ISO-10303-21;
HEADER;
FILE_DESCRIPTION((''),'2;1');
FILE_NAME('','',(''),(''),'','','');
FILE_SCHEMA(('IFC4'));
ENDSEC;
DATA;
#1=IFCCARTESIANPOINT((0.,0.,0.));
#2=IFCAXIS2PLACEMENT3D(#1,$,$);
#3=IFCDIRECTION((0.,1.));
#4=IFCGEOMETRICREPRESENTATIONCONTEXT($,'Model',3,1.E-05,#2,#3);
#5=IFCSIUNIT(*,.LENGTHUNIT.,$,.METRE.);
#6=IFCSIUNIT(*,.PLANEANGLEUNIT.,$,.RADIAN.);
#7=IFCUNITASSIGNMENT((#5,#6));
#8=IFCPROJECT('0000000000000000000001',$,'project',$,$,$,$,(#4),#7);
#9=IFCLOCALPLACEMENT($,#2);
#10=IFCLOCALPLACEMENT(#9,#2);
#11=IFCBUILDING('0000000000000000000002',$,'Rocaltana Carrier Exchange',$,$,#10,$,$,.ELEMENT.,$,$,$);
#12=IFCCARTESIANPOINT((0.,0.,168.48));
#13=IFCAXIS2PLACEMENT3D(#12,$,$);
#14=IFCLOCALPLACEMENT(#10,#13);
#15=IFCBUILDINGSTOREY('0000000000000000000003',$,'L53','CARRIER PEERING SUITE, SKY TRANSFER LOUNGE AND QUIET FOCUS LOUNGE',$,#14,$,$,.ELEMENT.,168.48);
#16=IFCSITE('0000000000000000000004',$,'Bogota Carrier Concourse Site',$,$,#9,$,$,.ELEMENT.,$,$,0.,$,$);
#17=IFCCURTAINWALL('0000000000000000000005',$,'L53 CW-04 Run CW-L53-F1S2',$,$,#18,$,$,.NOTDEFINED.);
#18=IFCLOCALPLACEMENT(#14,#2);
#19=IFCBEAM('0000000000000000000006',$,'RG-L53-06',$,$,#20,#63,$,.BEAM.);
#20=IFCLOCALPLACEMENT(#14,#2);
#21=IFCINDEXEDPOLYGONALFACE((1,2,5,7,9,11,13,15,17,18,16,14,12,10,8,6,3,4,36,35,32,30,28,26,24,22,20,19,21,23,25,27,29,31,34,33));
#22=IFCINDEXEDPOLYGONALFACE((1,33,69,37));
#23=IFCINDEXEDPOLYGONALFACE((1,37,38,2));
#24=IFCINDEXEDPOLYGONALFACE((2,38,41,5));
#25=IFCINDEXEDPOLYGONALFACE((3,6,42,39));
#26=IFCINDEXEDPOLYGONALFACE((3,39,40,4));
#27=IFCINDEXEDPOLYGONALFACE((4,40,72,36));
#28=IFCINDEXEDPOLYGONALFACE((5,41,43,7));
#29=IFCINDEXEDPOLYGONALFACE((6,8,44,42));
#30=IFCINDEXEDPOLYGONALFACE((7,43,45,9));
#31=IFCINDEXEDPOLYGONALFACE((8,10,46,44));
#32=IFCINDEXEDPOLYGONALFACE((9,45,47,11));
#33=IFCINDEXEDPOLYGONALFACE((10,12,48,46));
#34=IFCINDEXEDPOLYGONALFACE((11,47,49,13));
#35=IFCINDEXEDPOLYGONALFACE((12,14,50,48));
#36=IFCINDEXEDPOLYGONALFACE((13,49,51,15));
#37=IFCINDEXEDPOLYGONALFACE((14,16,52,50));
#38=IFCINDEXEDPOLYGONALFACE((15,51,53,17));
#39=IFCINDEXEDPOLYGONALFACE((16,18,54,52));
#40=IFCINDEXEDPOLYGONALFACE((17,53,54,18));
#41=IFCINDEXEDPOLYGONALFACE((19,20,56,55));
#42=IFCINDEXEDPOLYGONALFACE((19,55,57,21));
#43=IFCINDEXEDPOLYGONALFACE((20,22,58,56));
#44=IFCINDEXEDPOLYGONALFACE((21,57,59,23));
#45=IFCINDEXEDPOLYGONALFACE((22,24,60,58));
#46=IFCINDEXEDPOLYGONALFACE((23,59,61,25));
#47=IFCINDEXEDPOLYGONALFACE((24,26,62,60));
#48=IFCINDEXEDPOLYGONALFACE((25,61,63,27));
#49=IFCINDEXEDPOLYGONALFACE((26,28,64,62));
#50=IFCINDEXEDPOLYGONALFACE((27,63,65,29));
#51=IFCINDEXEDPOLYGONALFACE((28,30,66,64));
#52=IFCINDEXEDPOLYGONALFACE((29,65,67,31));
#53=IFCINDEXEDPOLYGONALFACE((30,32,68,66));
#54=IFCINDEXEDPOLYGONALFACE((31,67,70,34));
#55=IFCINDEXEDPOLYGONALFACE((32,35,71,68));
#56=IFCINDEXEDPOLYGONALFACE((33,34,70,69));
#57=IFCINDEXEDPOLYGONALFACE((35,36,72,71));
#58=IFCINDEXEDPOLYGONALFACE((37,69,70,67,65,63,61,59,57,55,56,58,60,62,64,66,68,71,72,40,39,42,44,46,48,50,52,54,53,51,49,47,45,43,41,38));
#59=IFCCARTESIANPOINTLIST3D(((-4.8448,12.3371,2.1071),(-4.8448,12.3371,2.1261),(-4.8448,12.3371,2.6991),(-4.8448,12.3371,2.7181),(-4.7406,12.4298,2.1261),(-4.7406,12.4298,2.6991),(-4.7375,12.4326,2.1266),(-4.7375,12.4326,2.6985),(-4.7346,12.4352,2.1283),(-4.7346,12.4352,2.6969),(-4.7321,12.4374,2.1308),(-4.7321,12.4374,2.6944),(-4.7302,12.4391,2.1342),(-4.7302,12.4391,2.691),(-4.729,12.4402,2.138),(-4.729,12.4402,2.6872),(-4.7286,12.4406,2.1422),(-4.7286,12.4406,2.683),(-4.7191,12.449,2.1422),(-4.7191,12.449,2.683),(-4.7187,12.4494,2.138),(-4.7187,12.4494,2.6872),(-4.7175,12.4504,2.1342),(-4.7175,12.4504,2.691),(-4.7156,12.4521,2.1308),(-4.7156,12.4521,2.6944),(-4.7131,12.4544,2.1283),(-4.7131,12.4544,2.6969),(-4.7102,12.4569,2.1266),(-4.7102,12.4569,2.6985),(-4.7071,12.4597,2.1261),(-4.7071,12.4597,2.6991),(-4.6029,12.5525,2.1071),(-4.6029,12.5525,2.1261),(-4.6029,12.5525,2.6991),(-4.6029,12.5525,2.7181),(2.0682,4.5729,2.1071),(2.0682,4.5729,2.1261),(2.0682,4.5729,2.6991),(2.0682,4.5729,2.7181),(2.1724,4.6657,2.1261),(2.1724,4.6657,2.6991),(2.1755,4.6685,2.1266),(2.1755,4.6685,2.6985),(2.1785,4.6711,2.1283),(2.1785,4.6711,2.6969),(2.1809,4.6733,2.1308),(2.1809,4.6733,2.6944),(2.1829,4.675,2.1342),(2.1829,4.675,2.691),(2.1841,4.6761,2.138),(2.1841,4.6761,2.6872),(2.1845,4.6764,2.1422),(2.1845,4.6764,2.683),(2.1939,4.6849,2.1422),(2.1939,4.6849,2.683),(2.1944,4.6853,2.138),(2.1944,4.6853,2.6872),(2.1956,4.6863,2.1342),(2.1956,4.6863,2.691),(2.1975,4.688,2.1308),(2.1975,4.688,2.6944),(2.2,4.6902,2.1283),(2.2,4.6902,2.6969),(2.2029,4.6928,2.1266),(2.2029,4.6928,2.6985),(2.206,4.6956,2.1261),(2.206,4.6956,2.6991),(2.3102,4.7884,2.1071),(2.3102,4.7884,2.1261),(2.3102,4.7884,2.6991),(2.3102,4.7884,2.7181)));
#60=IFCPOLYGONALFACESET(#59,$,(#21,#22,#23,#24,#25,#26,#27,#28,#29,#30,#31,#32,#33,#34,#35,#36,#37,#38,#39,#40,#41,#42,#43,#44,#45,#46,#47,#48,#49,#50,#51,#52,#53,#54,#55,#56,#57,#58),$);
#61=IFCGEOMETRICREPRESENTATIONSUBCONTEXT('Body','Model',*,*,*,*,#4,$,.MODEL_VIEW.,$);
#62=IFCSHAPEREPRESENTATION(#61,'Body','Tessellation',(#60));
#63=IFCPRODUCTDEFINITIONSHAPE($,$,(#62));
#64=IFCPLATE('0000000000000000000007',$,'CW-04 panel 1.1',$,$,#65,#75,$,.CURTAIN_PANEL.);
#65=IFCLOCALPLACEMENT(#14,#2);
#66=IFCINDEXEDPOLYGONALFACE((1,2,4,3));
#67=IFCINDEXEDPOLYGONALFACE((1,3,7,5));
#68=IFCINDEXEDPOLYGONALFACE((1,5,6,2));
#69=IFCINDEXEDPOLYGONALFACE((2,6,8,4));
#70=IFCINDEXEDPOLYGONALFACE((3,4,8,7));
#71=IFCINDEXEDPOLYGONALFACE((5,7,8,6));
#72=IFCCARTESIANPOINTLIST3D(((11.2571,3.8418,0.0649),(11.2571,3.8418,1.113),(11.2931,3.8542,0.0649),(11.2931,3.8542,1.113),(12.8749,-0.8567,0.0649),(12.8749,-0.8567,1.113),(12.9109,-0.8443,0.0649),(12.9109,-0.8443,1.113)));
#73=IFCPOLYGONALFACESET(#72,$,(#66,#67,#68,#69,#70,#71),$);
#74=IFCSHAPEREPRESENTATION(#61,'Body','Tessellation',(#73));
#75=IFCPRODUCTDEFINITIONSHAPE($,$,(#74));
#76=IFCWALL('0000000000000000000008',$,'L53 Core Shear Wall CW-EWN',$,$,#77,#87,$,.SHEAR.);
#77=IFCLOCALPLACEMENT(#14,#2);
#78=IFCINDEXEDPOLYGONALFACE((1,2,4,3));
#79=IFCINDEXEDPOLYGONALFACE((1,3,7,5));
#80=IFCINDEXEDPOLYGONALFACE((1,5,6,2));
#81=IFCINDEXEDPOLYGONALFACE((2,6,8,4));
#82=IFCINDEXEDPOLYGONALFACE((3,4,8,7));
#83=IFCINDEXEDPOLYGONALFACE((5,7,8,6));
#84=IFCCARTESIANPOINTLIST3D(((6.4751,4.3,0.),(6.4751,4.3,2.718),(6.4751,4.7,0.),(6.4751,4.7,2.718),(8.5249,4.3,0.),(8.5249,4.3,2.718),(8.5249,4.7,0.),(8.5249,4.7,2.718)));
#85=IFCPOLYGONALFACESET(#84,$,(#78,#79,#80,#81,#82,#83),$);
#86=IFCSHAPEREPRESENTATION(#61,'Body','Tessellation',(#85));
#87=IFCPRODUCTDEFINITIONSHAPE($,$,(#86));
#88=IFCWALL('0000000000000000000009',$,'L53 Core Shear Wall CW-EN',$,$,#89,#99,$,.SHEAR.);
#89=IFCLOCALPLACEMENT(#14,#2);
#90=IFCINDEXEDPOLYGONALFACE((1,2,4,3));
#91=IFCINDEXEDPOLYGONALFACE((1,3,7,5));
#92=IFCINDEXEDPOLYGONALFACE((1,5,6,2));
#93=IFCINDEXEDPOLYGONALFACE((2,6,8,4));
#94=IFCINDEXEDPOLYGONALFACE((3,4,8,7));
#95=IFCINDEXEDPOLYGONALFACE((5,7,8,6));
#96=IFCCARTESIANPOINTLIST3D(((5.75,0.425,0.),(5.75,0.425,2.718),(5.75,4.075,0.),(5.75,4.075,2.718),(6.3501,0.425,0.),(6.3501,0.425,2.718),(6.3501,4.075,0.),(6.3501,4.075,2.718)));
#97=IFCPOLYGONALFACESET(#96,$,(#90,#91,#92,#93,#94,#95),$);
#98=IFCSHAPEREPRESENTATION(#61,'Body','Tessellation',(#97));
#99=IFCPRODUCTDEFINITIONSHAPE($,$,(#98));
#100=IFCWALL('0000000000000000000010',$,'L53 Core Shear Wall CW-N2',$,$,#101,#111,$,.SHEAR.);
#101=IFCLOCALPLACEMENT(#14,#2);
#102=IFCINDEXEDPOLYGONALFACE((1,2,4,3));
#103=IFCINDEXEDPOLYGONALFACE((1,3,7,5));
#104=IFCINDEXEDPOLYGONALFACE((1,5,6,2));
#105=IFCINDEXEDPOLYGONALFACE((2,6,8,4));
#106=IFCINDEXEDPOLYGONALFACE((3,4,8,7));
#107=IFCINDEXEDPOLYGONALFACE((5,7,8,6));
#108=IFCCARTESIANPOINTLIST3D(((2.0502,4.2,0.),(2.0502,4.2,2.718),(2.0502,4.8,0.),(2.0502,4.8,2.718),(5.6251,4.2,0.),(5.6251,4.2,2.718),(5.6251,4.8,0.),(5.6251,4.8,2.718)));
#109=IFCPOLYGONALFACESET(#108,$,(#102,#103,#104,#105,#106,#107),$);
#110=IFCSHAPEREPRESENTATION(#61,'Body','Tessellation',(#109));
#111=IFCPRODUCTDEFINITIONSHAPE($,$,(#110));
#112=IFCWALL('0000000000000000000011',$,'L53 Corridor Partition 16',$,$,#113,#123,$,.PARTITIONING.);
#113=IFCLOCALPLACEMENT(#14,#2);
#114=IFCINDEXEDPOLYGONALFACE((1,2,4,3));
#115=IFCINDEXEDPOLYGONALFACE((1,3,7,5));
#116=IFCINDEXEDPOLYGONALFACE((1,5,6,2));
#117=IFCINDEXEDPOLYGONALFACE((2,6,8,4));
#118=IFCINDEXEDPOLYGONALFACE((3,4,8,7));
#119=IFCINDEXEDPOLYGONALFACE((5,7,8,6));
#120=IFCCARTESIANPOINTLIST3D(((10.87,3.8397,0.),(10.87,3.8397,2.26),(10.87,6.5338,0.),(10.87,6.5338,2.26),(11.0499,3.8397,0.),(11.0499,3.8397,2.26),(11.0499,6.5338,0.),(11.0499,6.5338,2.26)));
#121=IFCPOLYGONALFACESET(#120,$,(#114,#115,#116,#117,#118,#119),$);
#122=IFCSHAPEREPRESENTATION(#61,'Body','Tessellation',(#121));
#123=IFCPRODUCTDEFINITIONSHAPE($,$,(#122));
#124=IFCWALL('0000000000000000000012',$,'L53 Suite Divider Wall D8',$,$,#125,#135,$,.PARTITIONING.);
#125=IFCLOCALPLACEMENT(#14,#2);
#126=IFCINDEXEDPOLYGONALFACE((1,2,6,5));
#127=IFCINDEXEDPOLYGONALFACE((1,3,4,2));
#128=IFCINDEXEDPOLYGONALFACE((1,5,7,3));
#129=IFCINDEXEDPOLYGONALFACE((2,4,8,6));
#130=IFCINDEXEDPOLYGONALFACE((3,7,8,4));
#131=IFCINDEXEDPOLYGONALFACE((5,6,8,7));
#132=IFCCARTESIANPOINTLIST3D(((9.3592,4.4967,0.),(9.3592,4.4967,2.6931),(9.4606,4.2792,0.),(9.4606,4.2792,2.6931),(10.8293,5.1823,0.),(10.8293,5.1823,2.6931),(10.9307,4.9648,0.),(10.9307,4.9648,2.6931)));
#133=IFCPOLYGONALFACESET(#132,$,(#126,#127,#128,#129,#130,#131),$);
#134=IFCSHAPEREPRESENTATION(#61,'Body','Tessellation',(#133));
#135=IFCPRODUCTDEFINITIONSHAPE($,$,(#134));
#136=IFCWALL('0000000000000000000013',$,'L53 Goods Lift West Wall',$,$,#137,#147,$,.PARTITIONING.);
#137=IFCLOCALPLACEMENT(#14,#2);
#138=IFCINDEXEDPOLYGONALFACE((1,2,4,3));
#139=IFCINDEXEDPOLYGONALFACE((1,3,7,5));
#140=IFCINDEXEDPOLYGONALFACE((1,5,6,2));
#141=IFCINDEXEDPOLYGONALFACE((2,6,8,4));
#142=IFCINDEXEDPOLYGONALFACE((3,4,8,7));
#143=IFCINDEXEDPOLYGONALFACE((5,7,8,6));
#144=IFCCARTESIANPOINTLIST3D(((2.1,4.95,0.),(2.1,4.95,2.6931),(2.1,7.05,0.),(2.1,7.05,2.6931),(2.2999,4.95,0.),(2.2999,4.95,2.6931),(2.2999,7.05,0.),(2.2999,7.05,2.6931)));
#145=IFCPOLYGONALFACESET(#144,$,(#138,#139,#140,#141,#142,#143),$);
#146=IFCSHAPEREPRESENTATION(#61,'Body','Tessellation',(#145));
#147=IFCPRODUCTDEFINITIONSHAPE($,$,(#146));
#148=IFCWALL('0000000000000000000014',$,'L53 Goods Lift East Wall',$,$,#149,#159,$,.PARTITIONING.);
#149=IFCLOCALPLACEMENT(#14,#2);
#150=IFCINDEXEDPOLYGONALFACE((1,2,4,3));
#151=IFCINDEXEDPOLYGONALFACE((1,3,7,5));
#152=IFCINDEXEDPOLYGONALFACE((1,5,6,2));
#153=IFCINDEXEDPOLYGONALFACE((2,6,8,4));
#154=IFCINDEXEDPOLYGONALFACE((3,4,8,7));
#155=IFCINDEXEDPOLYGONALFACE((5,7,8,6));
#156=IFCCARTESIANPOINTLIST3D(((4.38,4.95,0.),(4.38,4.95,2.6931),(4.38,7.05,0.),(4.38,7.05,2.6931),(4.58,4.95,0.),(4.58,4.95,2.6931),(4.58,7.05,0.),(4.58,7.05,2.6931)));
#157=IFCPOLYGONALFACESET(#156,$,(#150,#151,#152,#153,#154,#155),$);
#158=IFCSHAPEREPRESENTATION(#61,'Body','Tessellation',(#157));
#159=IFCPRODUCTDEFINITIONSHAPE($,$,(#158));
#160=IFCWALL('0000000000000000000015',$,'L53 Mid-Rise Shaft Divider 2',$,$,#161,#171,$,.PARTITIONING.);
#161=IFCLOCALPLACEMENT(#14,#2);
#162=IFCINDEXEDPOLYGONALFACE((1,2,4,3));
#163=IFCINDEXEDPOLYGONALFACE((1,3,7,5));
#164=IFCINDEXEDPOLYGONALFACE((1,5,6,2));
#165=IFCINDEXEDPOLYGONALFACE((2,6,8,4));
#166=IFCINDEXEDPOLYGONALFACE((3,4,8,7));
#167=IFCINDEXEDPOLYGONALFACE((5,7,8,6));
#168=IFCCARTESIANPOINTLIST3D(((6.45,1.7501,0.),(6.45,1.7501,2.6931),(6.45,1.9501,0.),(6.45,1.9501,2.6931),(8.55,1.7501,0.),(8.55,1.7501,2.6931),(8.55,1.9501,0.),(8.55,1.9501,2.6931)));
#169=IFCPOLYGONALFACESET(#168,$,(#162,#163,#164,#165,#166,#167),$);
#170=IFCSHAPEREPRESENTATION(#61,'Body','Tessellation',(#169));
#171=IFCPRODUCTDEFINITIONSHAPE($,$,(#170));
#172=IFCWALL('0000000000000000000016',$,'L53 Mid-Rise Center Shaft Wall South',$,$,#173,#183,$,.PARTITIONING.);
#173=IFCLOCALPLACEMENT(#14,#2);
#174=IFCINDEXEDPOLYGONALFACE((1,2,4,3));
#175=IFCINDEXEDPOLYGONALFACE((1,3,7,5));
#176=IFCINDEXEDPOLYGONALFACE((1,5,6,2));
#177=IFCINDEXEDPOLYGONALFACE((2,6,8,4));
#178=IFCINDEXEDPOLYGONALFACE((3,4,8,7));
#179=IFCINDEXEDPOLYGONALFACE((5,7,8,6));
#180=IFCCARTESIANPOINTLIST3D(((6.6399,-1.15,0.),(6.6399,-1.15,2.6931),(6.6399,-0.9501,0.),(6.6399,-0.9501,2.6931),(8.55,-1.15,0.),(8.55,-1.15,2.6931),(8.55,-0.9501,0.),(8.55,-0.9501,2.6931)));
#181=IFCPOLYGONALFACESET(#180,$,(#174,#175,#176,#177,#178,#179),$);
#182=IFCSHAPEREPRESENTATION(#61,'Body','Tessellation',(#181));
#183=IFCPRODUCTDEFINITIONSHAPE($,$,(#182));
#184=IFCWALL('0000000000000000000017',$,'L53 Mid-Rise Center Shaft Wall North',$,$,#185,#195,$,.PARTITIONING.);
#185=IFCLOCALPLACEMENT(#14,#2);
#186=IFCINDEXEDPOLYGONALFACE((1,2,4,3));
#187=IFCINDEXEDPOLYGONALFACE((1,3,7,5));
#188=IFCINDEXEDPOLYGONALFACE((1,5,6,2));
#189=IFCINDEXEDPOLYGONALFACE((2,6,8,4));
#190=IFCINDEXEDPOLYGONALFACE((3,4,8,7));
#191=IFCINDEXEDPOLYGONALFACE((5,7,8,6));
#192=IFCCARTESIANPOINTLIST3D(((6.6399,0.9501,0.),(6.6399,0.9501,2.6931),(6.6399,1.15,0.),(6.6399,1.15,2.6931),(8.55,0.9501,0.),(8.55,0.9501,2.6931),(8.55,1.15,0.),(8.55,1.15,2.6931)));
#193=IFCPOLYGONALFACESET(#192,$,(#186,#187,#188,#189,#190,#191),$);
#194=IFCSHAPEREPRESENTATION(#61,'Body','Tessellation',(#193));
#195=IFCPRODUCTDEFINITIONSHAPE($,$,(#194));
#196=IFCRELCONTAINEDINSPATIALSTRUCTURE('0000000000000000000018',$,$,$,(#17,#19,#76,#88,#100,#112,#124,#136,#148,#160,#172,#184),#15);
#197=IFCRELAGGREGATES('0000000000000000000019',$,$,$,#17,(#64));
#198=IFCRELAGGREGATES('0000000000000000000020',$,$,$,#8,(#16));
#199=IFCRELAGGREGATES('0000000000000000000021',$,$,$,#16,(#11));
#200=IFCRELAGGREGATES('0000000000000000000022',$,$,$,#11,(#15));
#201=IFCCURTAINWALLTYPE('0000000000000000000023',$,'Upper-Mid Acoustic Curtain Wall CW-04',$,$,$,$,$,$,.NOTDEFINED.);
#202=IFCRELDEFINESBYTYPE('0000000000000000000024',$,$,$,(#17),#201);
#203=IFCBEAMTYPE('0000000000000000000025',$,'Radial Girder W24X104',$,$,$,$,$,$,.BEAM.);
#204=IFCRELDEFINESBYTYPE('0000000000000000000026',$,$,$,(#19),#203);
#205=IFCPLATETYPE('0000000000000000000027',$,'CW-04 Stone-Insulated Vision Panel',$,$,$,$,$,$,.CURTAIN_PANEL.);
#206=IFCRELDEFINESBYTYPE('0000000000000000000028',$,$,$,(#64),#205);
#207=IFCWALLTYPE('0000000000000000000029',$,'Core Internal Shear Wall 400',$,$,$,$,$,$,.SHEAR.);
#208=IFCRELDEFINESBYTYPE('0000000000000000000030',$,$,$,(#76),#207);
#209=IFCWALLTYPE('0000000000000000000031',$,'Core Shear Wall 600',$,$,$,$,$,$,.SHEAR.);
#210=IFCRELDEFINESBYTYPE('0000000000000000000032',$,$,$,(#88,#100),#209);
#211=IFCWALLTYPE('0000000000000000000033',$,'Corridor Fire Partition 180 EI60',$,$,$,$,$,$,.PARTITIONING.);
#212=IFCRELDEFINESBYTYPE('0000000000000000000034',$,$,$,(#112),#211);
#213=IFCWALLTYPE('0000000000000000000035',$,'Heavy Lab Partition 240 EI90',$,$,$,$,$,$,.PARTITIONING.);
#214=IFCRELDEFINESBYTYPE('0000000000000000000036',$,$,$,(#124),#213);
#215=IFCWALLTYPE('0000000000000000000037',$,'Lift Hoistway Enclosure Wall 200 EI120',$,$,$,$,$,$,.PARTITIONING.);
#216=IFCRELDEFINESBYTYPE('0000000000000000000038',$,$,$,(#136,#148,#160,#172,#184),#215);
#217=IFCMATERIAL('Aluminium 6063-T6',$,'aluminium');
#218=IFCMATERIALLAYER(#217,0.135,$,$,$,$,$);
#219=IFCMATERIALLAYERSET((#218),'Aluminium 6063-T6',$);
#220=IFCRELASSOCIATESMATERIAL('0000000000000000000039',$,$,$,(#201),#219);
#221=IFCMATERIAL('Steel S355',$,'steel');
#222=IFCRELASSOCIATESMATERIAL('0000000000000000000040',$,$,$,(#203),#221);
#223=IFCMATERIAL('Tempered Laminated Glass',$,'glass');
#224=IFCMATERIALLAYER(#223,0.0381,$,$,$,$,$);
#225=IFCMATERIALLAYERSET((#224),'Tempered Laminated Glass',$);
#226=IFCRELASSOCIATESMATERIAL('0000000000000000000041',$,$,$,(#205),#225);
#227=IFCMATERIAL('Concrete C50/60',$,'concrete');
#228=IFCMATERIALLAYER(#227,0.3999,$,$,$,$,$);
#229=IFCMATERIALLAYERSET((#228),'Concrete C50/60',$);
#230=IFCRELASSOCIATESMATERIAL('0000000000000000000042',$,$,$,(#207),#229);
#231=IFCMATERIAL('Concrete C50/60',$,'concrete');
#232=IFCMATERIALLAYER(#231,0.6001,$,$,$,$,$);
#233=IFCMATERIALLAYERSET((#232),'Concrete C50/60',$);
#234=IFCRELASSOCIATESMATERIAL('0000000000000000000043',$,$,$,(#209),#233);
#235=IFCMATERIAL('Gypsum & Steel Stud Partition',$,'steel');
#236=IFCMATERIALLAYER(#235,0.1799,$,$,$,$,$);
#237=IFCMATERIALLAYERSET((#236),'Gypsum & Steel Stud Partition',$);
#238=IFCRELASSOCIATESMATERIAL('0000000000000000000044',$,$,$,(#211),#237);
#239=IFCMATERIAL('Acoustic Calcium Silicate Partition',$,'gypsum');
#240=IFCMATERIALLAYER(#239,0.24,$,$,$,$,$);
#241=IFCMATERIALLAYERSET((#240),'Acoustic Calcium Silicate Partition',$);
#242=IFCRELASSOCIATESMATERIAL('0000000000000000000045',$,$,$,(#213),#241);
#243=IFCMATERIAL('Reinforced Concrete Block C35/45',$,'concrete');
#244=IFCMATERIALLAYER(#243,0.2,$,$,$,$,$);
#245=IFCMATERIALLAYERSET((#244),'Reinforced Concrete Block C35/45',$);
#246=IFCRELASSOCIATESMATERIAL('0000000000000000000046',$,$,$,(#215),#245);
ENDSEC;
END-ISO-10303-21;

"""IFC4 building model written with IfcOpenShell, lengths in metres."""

from ifc_helpers import new_model, si_unit, direction, frame, frame_2d, origin, origin_2d, place, context, subcontext, project, spatial, rectangle, i_section, extrude, material, layer, layer_set, material_profile, profile_set, type_object, element, aggregate, save


model = new_model("IFC4")

# Units and contexts
model_context = context("Model", 3, precision=1e-05, world=origin(), true_north=direction((0.0, 1.0)))
body_context = subcontext(model_context, "Body", "Model", "MODEL_VIEW")
ifc_project = project(units=[si_unit("LENGTHUNIT", "METRE"), si_unit("PLANEANGLEUNIT", "RADIAN")], contexts=[model_context])

# Site, building, storey
site_placement = place(None, origin())
site = spatial("IfcSite", under=ifc_project, at=site_placement, Name="Bogota Carrier Concourse Site", CompositionType="ELEMENT", RefElevation=0.0)
building_placement = place(site_placement, origin())
building = spatial("IfcBuilding", under=site, at=building_placement, Name="Rocaltana Carrier Exchange", CompositionType="ELEMENT")
storey_placement = place(building_placement, frame((0.0, 0.0, 168.48)))
storey = spatial("IfcBuildingStorey", under=building, at=storey_placement, Name="L53", Description="CARRIER PEERING SUITE, SKY TRANSFER LOUNGE AND QUIET FOCUS LOUNGE", CompositionType="ELEMENT", Elevation=168.48)

# Curtain wall
ifc_material_1 = material(Name="Aluminium 6063-T6", Category="aluminium")
ifc_layer_1 = layer(ifc_material_1, 0.135)
ifc_layer_set_1 = layer_set([ifc_layer_1], Name="Aluminium 6063-T6")
curtain_wall_type = type_object("IfcCurtainWallType", Name="Upper-Mid Acoustic Curtain Wall CW-04", PredefinedType="NOTDEFINED", material=ifc_layer_set_1)
curtain_wall_placement = place(storey_placement, origin())
curtain_wall = element("IfcCurtainWall", 1, at=curtain_wall_placement, inside=storey, type_object=curtain_wall_type, Name="L53 CW-04 Run CW-L53-F1S2", PredefinedType="NOTDEFINED")

# Beam
ifc_material_2 = material(Name="Steel S355", Category="steel")
ifc_material_profile_1 = material_profile(ifc_material_2, i_section(OverallWidth=0.324, OverallDepth=0.6111, WebThickness=0.0127, FlangeThickness=0.019, FilletRadius=0.0161, at=origin_2d()), Name="W24X104")
ifc_profile_set_1 = profile_set([ifc_material_profile_1], Name="Steel S355")
beam_type_1 = type_object("IfcBeamType", Name="Radial Girder W24X104", PredefinedType="BEAM", material=ifc_profile_set_1)
beam_1_placement = place(storey_placement, frame((2.1892, 4.6807, 2.4126), z_axis=(-0.664987, 0.746854, 0.0), x_axis=(-0.746854, -0.664987, 0.0)))
element("IfcBeam", 2, at=beam_1_placement, inside=storey, type_object=beam_type_1, Name="RG-L53-06", PredefinedType="BEAM", context=body_context, shape_type="SweptSolid", body=[
    extrude(i_section(OverallWidth=0.324, OverallDepth=0.6111, WebThickness=0.0127, FlangeThickness=0.019, FilletRadius=0.0161, at=origin_2d()), origin(), (0.0, 0.0, 1.0), 10.3958),
])

# Plate
ifc_material_3 = material(Name="Tempered Laminated Glass", Category="glass")
ifc_layer_2 = layer(ifc_material_3, 0.0381)
ifc_layer_set_2 = layer_set([ifc_layer_2], Name="Tempered Laminated Glass")
plate_type = type_object("IfcPlateType", Name="CW-04 Stone-Insulated Vision Panel", PredefinedType="CURTAIN_PANEL", material=ifc_layer_set_2)
plate_placement = place(storey_placement, frame((12.084, 1.4988, 0.0649), z_axis=(0.0, 0.0, 1.0), x_axis=(-0.325562, 0.945521, 0.0)))
plate = element("IfcPlate", 3, at=plate_placement, type_object=plate_type, Name="CW-04 panel 1.1", PredefinedType="CURTAIN_PANEL", context=body_context, shape_type="SweptSolid", body=[
    extrude(rectangle(XDim=4.9692, YDim=0.0381, at=origin_2d()), origin(), (0.0, 0.0, 1.0), 1.0481),
])
aggregate(curtain_wall, [plate])

# Walls
ifc_material_4 = material(Name="Concrete C50/60", Category="concrete")
ifc_layer_3 = layer(ifc_material_4, 0.3999)
ifc_layer_set_3 = layer_set([ifc_layer_3], Name="Concrete C50/60")
wall_type_1 = type_object("IfcWallType", Name="Core Internal Shear Wall 400", PredefinedType="SHEAR", material=ifc_layer_set_3)
wall_1_placement = place(storey_placement, frame((6.4751, 4.5, 0.0), z_axis=(0.0, 0.0, 1.0), x_axis=(1.0, 0.0, 0.0)))
element("IfcWall", 4, at=wall_1_placement, inside=storey, type_object=wall_type_1, Name="L53 Core Shear Wall CW-EWN", PredefinedType="SHEAR", context=body_context, shape_type="SweptSolid", body=[
    extrude(rectangle(XDim=2.0498, YDim=0.3999, at=frame_2d((1.0249, 0.0))), origin(), (0.0, 0.0, 1.0), 2.718),
])
ifc_material_5 = material(Name="Concrete C50/60", Category="concrete")
ifc_layer_4 = layer(ifc_material_5, 0.6001)
ifc_layer_set_4 = layer_set([ifc_layer_4], Name="Concrete C50/60")
wall_type_2 = type_object("IfcWallType", Name="Core Shear Wall 600", PredefinedType="SHEAR", material=ifc_layer_set_4)
wall_2_placement = place(storey_placement, frame((6.05, 0.425, 0.0), z_axis=(0.0, 0.0, 1.0), x_axis=(0.0, 1.0, 0.0)))
element("IfcWall", 5, at=wall_2_placement, inside=storey, type_object=wall_type_2, Name="L53 Core Shear Wall CW-EN", PredefinedType="SHEAR", context=body_context, shape_type="SweptSolid", body=[
    extrude(rectangle(XDim=3.6499, YDim=0.6001, at=frame_2d((1.825, 0.0))), origin(), (0.0, 0.0, 1.0), 2.718),
])
wall_3_placement = place(storey_placement, frame((2.05, 4.5, 0.0), z_axis=(0.0, 0.0, 1.0), x_axis=(1.0, 0.0, 0.0)))
element("IfcWall", 6, at=wall_3_placement, inside=storey, type_object=wall_type_2, Name="L53 Core Shear Wall CW-N2", PredefinedType="SHEAR", context=body_context, shape_type="SweptSolid", body=[
    extrude(rectangle(XDim=3.575, YDim=0.6001, at=frame_2d((1.7876, 0.0))), origin(), (0.0, 0.0, 1.0), 2.718),
])
ifc_material_6 = material(Name="Gypsum & Steel Stud Partition", Category="steel")
ifc_layer_5 = layer(ifc_material_6, 0.1799)
ifc_layer_set_5 = layer_set([ifc_layer_5], Name="Gypsum & Steel Stud Partition")
wall_type_3 = type_object("IfcWallType", Name="Corridor Fire Partition 180 EI60", PredefinedType="PARTITIONING", material=ifc_layer_set_5)
wall_4_placement = place(storey_placement, frame((10.96, 3.8396, 0.0), z_axis=(0.0, 0.0, 1.0), x_axis=(0.0, 1.0, 0.0)))
element("IfcWall", 7, at=wall_4_placement, inside=storey, type_object=wall_type_3, Name="L53 Corridor Partition 16", PredefinedType="PARTITIONING", context=body_context, shape_type="SweptSolid", body=[
    extrude(rectangle(XDim=2.6941, YDim=0.1799, at=frame_2d((1.3472, 0.0))), origin(), (0.0, 0.0, 1.0), 2.26),
])
ifc_material_7 = material(Name="Acoustic Calcium Silicate Partition", Category="gypsum")
ifc_layer_6 = layer(ifc_material_7, 0.24)
ifc_layer_set_6 = layer_set([ifc_layer_6], Name="Acoustic Calcium Silicate Partition")
wall_type_4 = type_object("IfcWallType", Name="Heavy Lab Partition 240 EI90", PredefinedType="PARTITIONING", material=ifc_layer_set_6)
wall_5_placement = place(storey_placement, frame((9.4099, 4.3879, 0.0), z_axis=(0.0, 0.0, 1.0), x_axis=(0.906287, 0.422663, 0.0)))
element("IfcWall", 8, at=wall_5_placement, inside=storey, type_object=wall_type_4, Name="L53 Suite Divider Wall D8", PredefinedType="PARTITIONING", context=body_context, shape_type="SweptSolid", body=[
    extrude(rectangle(XDim=1.6221, YDim=0.24, at=frame_2d((0.811, 0.0))), origin(), (0.0, 0.0, 1.0), 2.6931),
])
ifc_material_8 = material(Name="Reinforced Concrete Block C35/45", Category="concrete")
ifc_layer_7 = layer(ifc_material_8, 0.2)
ifc_layer_set_7 = layer_set([ifc_layer_7], Name="Reinforced Concrete Block C35/45")
wall_type_5 = type_object("IfcWallType", Name="Lift Hoistway Enclosure Wall 200 EI120", PredefinedType="PARTITIONING", material=ifc_layer_set_7)
for number, where, z_axis, x_axis, name in (
    (9, (2.2, 4.95, 0.0), (0.0, 0.0, 1.0), (0.0, 1.0, 0.0), "L53 Goods Lift West Wall"),
    (10, (4.48, 4.95, 0.0), (0.0, 0.0, 1.0), (0.0, 1.0, 0.0), "L53 Goods Lift East Wall"),
    (11, (6.45, 1.8501, 0.0), (0.0, 0.0, 1.0), (1.0, 0.0, 0.0), "L53 Mid-Rise Shaft Divider 2"),
):
    element("IfcWall", number, at=place(storey_placement, frame(where, z_axis=z_axis, x_axis=x_axis)), inside=storey, type_object=wall_type_5, Name=name, PredefinedType="PARTITIONING", context=body_context, shape_type="SweptSolid", body=[
        extrude(rectangle(XDim=2.1001, YDim=0.2, at=frame_2d((1.05, 0.0))), origin(), (0.0, 0.0, 1.0), 2.6931),
    ])
for number, where, z_axis, x_axis, name in (
    (12, (6.6399, -1.05, 0.0), (0.0, 0.0, 1.0), (1.0, 0.0, 0.0), "L53 Mid-Rise Center Shaft Wall South"),
    (13, (6.6399, 1.05, 0.0), (0.0, 0.0, 1.0), (1.0, 0.0, 0.0), "L53 Mid-Rise Center Shaft Wall North"),
):
    element("IfcWall", number, at=place(storey_placement, frame(where, z_axis=z_axis, x_axis=x_axis)), inside=storey, type_object=wall_type_5, Name=name, PredefinedType="PARTITIONING", context=body_context, shape_type="SweptSolid", body=[
        extrude(rectangle(XDim=1.9102, YDim=0.2, at=frame_2d((0.9551, 0.0))), origin(), (0.0, 0.0, 1.0), 2.6931),
    ])

save(model, "model.ifc")
